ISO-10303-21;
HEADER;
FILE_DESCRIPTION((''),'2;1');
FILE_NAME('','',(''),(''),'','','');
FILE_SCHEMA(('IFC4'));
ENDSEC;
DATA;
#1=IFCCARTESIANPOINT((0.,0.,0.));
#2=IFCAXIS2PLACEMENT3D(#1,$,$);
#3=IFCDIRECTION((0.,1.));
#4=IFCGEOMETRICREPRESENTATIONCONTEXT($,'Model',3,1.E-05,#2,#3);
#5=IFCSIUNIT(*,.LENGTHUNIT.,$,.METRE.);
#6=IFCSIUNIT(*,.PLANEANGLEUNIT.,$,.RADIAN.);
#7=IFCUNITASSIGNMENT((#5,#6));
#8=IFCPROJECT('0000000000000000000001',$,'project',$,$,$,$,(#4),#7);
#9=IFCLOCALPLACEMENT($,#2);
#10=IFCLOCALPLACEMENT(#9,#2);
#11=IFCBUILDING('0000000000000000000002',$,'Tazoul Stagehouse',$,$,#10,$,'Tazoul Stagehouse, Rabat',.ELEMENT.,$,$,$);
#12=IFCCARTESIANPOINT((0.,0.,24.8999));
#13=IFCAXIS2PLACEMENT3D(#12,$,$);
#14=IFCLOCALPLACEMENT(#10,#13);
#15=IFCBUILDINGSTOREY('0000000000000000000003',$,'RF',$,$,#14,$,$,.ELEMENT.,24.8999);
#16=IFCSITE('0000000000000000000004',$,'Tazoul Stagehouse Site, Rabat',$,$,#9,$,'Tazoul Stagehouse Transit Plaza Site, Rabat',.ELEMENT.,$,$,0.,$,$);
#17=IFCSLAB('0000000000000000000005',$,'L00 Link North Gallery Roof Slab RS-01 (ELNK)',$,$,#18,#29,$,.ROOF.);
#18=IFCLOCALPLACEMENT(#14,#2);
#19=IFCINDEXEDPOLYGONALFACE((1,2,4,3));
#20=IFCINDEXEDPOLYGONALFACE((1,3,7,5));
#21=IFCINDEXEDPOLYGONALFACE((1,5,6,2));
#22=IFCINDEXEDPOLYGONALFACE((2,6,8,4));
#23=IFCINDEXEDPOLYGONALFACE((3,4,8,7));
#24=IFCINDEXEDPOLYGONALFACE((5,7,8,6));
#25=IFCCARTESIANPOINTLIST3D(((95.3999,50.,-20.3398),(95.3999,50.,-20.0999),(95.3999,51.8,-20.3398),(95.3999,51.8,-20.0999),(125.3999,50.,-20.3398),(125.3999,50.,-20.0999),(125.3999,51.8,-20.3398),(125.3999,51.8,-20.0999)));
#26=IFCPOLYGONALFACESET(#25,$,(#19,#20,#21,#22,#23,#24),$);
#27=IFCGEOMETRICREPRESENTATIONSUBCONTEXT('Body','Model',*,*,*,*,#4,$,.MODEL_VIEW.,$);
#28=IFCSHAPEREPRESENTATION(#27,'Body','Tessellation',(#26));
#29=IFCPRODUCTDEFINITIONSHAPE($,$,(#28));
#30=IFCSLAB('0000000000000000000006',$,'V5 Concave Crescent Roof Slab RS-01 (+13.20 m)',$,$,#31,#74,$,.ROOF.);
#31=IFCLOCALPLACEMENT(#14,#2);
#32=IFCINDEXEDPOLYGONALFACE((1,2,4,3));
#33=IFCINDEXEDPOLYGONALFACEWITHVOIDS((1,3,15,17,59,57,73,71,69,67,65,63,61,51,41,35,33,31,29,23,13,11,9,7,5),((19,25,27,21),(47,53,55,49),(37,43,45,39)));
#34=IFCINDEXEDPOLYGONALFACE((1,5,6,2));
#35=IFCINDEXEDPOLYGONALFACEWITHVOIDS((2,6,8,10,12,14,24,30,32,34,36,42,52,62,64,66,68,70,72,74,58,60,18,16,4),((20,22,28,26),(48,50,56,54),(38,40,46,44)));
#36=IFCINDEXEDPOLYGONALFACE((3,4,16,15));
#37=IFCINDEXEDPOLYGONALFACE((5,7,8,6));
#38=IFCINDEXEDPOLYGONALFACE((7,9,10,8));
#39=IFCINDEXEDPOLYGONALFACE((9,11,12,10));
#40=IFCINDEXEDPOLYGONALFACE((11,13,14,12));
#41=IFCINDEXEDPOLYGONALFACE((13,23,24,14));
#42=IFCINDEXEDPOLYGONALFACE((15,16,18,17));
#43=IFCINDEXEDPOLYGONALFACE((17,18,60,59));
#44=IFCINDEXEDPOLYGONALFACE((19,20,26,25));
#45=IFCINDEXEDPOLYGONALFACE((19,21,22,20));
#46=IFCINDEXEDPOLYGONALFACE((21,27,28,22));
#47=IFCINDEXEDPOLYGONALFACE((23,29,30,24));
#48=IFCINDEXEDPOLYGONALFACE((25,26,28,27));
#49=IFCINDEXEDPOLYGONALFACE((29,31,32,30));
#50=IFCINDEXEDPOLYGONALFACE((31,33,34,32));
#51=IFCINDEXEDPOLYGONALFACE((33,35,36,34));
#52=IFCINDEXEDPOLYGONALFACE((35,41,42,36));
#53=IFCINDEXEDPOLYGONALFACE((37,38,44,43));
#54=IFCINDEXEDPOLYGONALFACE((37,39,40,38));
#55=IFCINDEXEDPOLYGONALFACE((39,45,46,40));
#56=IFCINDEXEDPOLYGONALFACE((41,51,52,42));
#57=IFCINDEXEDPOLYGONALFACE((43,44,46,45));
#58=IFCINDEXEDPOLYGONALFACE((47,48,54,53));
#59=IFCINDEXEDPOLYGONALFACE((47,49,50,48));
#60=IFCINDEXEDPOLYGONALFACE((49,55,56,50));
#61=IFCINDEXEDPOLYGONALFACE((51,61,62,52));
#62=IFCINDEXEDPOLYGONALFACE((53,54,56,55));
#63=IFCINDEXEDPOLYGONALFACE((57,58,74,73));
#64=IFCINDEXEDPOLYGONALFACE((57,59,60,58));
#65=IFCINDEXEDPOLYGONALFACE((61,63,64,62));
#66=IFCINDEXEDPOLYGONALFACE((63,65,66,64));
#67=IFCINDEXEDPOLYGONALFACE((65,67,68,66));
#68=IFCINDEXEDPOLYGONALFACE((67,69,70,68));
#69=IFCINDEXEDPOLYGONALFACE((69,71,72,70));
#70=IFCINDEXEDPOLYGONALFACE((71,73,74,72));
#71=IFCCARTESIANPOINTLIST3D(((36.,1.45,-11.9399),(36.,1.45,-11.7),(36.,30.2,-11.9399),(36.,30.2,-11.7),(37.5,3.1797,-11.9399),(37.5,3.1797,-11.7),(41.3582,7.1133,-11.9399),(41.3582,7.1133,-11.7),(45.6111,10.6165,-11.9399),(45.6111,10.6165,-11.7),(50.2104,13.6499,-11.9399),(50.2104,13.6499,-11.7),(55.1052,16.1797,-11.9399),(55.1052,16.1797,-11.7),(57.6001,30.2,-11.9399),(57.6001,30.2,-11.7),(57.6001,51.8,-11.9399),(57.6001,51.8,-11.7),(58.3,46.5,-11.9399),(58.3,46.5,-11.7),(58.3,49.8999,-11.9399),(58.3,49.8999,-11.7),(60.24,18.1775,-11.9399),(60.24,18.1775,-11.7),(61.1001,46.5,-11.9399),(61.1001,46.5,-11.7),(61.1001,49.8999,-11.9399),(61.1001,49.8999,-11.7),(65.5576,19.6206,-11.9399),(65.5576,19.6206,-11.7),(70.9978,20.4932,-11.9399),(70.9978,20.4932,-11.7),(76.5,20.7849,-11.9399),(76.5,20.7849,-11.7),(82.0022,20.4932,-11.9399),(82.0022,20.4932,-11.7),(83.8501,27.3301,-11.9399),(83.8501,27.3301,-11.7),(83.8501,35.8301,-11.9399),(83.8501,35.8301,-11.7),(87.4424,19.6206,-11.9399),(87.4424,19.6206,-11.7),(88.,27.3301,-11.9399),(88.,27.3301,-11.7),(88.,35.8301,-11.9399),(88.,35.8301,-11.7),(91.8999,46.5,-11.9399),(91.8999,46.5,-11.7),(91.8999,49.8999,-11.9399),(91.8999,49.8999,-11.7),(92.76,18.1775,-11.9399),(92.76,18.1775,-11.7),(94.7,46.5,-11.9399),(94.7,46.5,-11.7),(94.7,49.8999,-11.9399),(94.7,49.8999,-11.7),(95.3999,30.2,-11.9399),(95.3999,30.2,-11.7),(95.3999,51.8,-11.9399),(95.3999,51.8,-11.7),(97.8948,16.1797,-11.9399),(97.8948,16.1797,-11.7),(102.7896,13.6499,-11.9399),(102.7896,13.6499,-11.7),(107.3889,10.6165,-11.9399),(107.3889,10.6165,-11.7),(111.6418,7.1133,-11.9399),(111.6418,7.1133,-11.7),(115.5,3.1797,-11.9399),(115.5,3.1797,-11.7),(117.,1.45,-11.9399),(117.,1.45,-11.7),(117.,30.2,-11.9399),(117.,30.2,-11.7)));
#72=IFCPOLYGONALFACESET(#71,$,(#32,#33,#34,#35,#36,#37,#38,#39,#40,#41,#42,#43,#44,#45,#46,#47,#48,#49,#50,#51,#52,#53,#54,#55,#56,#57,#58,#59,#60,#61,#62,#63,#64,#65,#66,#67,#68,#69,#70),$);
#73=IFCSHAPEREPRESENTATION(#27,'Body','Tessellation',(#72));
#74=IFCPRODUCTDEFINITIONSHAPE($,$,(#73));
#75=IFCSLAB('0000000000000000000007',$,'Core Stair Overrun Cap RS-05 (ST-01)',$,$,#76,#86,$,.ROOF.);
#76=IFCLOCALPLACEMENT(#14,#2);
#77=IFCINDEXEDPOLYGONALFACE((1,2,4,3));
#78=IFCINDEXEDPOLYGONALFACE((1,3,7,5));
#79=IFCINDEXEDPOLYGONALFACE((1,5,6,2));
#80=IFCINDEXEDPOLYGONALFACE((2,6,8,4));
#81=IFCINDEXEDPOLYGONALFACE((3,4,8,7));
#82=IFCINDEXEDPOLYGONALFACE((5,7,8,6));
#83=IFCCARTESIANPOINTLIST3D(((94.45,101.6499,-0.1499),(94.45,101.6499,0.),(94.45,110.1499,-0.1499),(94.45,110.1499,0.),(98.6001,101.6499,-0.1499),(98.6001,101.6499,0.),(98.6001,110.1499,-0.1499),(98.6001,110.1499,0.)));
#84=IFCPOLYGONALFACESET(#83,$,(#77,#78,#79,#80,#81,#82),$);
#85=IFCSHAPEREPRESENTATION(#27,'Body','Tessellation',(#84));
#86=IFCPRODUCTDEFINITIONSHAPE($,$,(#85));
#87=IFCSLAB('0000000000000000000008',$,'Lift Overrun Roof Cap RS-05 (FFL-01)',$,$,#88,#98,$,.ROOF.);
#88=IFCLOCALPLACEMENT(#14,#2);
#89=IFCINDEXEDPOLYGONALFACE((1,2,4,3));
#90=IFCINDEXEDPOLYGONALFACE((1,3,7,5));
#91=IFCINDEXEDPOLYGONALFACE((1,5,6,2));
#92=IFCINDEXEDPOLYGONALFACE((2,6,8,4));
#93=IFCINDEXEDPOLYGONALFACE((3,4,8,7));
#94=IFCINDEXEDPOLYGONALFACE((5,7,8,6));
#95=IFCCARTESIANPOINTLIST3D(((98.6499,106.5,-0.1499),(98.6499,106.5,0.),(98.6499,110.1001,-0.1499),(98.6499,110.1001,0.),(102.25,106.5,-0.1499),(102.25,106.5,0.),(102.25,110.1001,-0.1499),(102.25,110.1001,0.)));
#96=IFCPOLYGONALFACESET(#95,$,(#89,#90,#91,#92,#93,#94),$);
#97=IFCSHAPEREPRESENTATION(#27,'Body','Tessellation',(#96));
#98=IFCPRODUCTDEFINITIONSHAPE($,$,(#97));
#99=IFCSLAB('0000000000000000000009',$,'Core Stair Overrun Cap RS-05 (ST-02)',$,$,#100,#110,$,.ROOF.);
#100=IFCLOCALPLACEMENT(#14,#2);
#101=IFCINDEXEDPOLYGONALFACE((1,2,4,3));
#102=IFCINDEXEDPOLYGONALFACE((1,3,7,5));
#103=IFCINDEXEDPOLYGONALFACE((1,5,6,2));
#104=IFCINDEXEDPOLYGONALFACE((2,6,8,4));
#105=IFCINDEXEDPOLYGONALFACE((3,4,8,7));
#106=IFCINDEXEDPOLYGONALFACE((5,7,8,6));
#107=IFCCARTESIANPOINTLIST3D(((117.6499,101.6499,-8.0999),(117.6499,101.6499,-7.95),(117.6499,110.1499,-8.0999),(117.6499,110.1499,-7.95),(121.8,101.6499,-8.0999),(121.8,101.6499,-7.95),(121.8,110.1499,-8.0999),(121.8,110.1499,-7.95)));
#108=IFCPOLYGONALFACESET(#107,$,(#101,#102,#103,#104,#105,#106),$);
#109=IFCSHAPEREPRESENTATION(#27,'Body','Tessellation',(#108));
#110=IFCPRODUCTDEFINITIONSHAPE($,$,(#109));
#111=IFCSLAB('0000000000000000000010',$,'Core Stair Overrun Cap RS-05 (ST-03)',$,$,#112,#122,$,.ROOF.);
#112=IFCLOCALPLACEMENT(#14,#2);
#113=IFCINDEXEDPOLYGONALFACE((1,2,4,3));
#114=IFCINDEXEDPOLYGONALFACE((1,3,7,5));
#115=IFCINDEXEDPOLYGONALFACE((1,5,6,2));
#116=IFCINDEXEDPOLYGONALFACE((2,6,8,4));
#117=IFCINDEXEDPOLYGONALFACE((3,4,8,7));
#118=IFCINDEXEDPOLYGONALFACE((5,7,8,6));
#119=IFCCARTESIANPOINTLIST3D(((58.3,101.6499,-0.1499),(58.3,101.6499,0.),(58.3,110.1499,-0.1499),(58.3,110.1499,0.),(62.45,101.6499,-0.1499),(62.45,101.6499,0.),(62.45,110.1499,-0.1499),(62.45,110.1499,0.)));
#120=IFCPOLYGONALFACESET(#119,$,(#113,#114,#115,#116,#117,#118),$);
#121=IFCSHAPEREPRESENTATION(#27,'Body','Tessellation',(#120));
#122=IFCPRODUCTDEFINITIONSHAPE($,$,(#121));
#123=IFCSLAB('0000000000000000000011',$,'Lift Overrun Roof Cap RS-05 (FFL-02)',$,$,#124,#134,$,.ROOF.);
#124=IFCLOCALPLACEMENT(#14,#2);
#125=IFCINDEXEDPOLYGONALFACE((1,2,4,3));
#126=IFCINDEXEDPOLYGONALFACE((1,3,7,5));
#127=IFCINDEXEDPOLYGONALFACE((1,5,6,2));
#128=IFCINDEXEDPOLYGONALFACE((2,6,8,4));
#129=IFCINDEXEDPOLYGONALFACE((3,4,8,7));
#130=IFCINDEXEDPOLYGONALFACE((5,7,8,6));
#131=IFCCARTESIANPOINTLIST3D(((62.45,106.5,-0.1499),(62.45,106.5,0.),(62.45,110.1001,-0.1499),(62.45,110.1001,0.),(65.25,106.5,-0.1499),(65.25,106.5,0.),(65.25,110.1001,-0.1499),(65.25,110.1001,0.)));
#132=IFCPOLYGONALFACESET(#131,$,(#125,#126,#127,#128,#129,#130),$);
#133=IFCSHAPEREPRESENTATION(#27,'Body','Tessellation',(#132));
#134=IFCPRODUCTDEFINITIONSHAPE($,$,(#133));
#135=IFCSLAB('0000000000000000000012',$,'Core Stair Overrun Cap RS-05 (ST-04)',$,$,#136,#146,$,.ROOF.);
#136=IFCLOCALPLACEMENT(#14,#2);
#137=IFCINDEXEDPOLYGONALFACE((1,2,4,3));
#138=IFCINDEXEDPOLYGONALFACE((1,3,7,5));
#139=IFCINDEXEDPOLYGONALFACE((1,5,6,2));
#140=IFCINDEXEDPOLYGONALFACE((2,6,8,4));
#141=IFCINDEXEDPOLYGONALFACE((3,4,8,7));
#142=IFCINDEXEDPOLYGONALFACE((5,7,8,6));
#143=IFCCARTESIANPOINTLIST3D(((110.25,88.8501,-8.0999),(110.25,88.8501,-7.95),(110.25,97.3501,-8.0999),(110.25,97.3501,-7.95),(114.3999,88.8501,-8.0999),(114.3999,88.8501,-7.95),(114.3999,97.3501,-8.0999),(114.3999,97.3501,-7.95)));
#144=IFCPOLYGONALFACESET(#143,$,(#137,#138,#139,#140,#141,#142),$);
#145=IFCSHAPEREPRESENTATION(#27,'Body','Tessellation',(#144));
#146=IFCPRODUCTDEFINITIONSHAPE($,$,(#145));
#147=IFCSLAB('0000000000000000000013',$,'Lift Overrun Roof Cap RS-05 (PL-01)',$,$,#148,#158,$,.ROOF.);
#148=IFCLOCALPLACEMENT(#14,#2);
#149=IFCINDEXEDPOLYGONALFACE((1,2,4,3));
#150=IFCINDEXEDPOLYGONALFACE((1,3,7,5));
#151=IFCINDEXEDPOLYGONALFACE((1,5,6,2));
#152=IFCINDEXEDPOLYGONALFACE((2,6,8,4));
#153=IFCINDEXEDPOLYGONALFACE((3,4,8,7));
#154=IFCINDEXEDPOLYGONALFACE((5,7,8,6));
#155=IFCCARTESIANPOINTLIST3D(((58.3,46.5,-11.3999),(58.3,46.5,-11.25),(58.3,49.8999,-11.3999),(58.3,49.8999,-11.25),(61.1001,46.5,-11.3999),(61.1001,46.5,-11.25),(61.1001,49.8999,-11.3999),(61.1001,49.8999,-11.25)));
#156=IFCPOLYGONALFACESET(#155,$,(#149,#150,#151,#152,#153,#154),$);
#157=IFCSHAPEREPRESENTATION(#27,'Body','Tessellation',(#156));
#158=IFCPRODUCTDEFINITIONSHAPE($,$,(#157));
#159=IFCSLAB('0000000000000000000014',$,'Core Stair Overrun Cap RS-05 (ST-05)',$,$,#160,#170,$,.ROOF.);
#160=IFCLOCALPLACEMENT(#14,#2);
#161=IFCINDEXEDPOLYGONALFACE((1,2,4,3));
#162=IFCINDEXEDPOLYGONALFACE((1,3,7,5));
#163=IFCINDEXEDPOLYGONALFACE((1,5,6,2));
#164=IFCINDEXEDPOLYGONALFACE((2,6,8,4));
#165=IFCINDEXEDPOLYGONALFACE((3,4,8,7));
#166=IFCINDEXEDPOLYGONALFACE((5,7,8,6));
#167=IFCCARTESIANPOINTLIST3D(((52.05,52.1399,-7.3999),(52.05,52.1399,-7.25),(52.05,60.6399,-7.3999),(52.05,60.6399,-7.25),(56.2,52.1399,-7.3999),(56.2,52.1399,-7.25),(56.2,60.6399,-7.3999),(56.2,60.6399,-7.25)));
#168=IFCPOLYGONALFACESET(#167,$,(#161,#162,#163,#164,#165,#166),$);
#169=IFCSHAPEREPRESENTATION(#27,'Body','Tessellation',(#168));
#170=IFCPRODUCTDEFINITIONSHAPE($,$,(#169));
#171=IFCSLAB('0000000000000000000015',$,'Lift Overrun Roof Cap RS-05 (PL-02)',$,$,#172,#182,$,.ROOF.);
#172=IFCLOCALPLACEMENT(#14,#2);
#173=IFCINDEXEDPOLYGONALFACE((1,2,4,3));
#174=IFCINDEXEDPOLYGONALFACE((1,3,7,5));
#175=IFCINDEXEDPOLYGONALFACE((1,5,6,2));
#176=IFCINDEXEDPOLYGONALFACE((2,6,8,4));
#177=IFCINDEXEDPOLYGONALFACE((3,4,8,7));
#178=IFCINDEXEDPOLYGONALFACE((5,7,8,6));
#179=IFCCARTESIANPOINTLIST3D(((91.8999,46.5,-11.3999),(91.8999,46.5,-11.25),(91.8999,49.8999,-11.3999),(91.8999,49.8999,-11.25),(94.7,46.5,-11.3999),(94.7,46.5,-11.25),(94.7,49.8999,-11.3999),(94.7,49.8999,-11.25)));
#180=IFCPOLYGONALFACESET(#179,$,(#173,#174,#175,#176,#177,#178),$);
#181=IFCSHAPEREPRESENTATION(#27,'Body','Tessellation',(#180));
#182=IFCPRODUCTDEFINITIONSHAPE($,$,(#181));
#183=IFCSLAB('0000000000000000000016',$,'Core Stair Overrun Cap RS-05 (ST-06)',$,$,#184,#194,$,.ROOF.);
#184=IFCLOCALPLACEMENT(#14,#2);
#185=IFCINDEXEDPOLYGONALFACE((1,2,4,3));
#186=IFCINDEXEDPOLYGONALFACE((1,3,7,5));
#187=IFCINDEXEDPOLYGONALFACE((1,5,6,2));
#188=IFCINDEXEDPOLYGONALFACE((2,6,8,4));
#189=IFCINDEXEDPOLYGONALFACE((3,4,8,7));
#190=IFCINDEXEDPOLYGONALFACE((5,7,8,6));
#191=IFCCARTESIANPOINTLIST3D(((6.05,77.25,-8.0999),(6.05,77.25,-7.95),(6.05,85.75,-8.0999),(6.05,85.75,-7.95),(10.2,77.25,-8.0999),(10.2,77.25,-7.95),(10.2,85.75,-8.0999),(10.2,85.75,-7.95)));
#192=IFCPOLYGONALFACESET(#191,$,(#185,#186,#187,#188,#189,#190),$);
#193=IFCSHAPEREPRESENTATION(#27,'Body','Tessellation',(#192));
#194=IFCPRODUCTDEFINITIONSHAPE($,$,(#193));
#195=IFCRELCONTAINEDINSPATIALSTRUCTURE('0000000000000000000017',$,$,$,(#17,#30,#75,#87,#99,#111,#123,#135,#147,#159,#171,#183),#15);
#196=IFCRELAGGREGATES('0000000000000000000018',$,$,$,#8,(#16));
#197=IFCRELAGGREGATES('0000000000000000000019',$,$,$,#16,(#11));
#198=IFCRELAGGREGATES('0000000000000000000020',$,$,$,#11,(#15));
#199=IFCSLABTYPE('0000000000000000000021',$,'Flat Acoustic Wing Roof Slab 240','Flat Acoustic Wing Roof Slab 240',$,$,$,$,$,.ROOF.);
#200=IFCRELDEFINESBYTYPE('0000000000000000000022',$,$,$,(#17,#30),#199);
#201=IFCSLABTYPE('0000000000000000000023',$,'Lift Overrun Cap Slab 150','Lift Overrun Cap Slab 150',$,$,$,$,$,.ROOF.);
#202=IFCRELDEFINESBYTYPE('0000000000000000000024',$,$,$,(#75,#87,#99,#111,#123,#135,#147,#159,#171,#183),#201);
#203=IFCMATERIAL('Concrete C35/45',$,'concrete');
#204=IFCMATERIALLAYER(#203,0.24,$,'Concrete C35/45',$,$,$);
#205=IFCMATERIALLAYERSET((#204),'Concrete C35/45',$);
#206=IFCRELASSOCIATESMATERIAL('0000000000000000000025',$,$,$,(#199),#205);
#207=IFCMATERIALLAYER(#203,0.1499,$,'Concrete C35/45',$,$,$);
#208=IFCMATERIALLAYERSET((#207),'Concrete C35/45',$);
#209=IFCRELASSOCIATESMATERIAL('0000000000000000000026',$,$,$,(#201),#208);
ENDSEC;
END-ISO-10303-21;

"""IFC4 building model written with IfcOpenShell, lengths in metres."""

from ifc_helpers import new_model, si_unit, direction, frame, origin, place, context, subcontext, project, spatial, polyline, outline, extrude, material, layer, layer_set, type_object, element, save


model = new_model("IFC4")

# Units and contexts
model_context = context("Model", 3, precision=1e-05, world=origin(), true_north=direction((0.0, 1.0)))
body_context = subcontext(model_context, "Body", "Model", "MODEL_VIEW")
ifc_project = project(units=[si_unit("LENGTHUNIT", "METRE"), si_unit("PLANEANGLEUNIT", "RADIAN")], contexts=[model_context])

# Site, building, storey
site_placement = place(None, origin())
site = spatial("IfcSite", under=ifc_project, at=site_placement, Name="Tazoul Stagehouse Site, Rabat", LongName="Tazoul Stagehouse Transit Plaza Site, Rabat", CompositionType="ELEMENT", RefElevation=0.0)
building_placement = place(site_placement, origin())
building = spatial("IfcBuilding", under=site, at=building_placement, Name="Tazoul Stagehouse", LongName="Tazoul Stagehouse, Rabat", CompositionType="ELEMENT")
storey_placement = place(building_placement, frame((0.0, 0.0, 24.8999)))
storey = spatial("IfcBuildingStorey", under=building, at=storey_placement, Name="RF", CompositionType="ELEMENT", Elevation=24.8999)

# Slabs
ifc_material_1 = material(Name="Concrete C35/45", Category="concrete")
ifc_layer_1 = layer(ifc_material_1, 0.24, Name="Concrete C35/45")
ifc_layer_set_1 = layer_set([ifc_layer_1], Name="Concrete C35/45")
slab_type_1 = type_object("IfcSlabType", Name="Flat Acoustic Wing Roof Slab 240", Description="Flat Acoustic Wing Roof Slab 240", PredefinedType="ROOF", material=ifc_layer_set_1)
slab_1_placement = place(storey_placement, frame((0.0, 0.0, -20.3398)))
element("IfcSlab", 1, at=slab_1_placement, inside=storey, type_object=slab_type_1, Name="L00 Link North Gallery Roof Slab RS-01 (ELNK)", PredefinedType="ROOF", context=body_context, shape_type="SweptSolid", body=[
    extrude(outline(polyline([(95.3999, 50.0), (125.3999, 50.0), (125.3999, 51.8), (95.3999, 51.8), (95.3999, 50.0)])), origin(), (0.0, 0.0, 1.0), 0.24),
])
slab_2_placement = place(storey_placement, frame((0.0, 0.0, -11.9399)))
element("IfcSlab", 2, at=slab_2_placement, inside=storey, type_object=slab_type_1, Name="V5 Concave Crescent Roof Slab RS-01 (+13.20 m)", PredefinedType="ROOF", context=body_context, shape_type="SweptSolid", body=[
    extrude(outline(polyline([(36.0, 1.45), (37.5, 3.1797), (41.3582, 7.1133), (45.6111, 10.6165), (50.2104, 13.6499), (55.1052, 16.1797), (60.24, 18.1775), (65.5576, 19.6206), (70.9978, 20.4932), (76.5, 20.7849), (82.0022, 20.4932), (87.4424, 19.6206), (92.76, 18.1775), (97.8948, 16.1797), (102.7896, 13.6499), (107.3889, 10.6165), (111.6418, 7.1133), (115.5, 3.1797), (117.0, 1.45), (117.0, 30.2), (95.3999, 30.2), (95.3999, 51.8), (57.6001, 51.8), (57.6001, 30.2), (36.0, 30.2), (36.0, 1.45)]), holes=[polyline([(58.3, 46.5), (61.1001, 46.5), (61.1001, 49.8999), (58.3, 49.8999), (58.3, 46.5)]), polyline([(91.8999, 46.5), (94.7, 46.5), (94.7, 49.8999), (91.8999, 49.8999), (91.8999, 46.5)]), polyline([(83.8501, 27.3301), (88.0, 27.3301), (88.0, 35.8301), (83.8501, 35.8301), (83.8501, 27.3301)])]), origin(), (0.0, 0.0, 1.0), 0.24),
])
ifc_layer_2 = layer(ifc_material_1, 0.1499, Name="Concrete C35/45")
ifc_layer_set_2 = layer_set([ifc_layer_2], Name="Concrete C35/45")
slab_type_2 = type_object("IfcSlabType", Name="Lift Overrun Cap Slab 150", Description="Lift Overrun Cap Slab 150", PredefinedType="ROOF", material=ifc_layer_set_2)
slab_3_placement = place(storey_placement, frame((0.0, 0.0, -0.1499)))
element("IfcSlab", 3, at=slab_3_placement, inside=storey, type_object=slab_type_2, Name="Core Stair Overrun Cap RS-05 (ST-01)", PredefinedType="ROOF", context=body_context, shape_type="SweptSolid", body=[
    extrude(outline(polyline([(94.45, 101.6499), (98.6001, 101.6499), (98.6001, 110.1499), (94.45, 110.1499), (94.45, 101.6499)])), origin(), (0.0, 0.0, 1.0), 0.1499),
])
slab_4_placement = place(storey_placement, frame((0.0, 0.0, -0.1499)))
element("IfcSlab", 4, at=slab_4_placement, inside=storey, type_object=slab_type_2, Name="Lift Overrun Roof Cap RS-05 (FFL-01)", PredefinedType="ROOF", context=body_context, shape_type="SweptSolid", body=[
    extrude(outline(polyline([(98.6499, 106.5), (102.25, 106.5), (102.25, 110.1001), (98.6499, 110.1001), (98.6499, 106.5)])), origin(), (0.0, 0.0, 1.0), 0.1499),
])
slab_5_placement = place(storey_placement, frame((0.0, 0.0, -8.0999)))
element("IfcSlab", 5, at=slab_5_placement, inside=storey, type_object=slab_type_2, Name="Core Stair Overrun Cap RS-05 (ST-02)", PredefinedType="ROOF", context=body_context, shape_type="SweptSolid", body=[
    extrude(outline(polyline([(117.6499, 101.6499), (121.8, 101.6499), (121.8, 110.1499), (117.6499, 110.1499), (117.6499, 101.6499)])), origin(), (0.0, 0.0, 1.0), 0.1499),
])
slab_6_placement = place(storey_placement, frame((0.0, 0.0, -0.1499)))
element("IfcSlab", 6, at=slab_6_placement, inside=storey, type_object=slab_type_2, Name="Core Stair Overrun Cap RS-05 (ST-03)", PredefinedType="ROOF", context=body_context, shape_type="SweptSolid", body=[
    extrude(outline(polyline([(58.3, 101.6499), (62.45, 101.6499), (62.45, 110.1499), (58.3, 110.1499), (58.3, 101.6499)])), origin(), (0.0, 0.0, 1.0), 0.1499),
])
slab_7_placement = place(storey_placement, frame((0.0, 0.0, -0.1499)))
element("IfcSlab", 7, at=slab_7_placement, inside=storey, type_object=slab_type_2, Name="Lift Overrun Roof Cap RS-05 (FFL-02)", PredefinedType="ROOF", context=body_context, shape_type="SweptSolid", body=[
    extrude(outline(polyline([(62.45, 106.5), (65.25, 106.5), (65.25, 110.1001), (62.45, 110.1001), (62.45, 106.5)])), origin(), (0.0, 0.0, 1.0), 0.1499),
])
slab_8_placement = place(storey_placement, frame((0.0, 0.0, -8.0999)))
element("IfcSlab", 8, at=slab_8_placement, inside=storey, type_object=slab_type_2, Name="Core Stair Overrun Cap RS-05 (ST-04)", PredefinedType="ROOF", context=body_context, shape_type="SweptSolid", body=[
    extrude(outline(polyline([(110.25, 88.8501), (114.3999, 88.8501), (114.3999, 97.3501), (110.25, 97.3501), (110.25, 88.8501)])), origin(), (0.0, 0.0, 1.0), 0.1499),
])
slab_9_placement = place(storey_placement, frame((0.0, 0.0, -11.3999)))
element("IfcSlab", 9, at=slab_9_placement, inside=storey, type_object=slab_type_2, Name="Lift Overrun Roof Cap RS-05 (PL-01)", PredefinedType="ROOF", context=body_context, shape_type="SweptSolid", body=[
    extrude(outline(polyline([(58.3, 46.5), (61.1001, 46.5), (61.1001, 49.8999), (58.3, 49.8999), (58.3, 46.5)])), origin(), (0.0, 0.0, 1.0), 0.1499),
])
slab_10_placement = place(storey_placement, frame((0.0, 0.0, -7.3999)))
element("IfcSlab", 10, at=slab_10_placement, inside=storey, type_object=slab_type_2, Name="Core Stair Overrun Cap RS-05 (ST-05)", PredefinedType="ROOF", context=body_context, shape_type="SweptSolid", body=[
    extrude(outline(polyline([(52.05, 52.1399), (56.2, 52.1399), (56.2, 60.6399), (52.05, 60.6399), (52.05, 52.1399)])), origin(), (0.0, 0.0, 1.0), 0.1499),
])
slab_11_placement = place(storey_placement, frame((0.0, 0.0, -11.3999)))
element("IfcSlab", 11, at=slab_11_placement, inside=storey, type_object=slab_type_2, Name="Lift Overrun Roof Cap RS-05 (PL-02)", PredefinedType="ROOF", context=body_context, shape_type="SweptSolid", body=[
    extrude(outline(polyline([(91.8999, 46.5), (94.7, 46.5), (94.7, 49.8999), (91.8999, 49.8999), (91.8999, 46.5)])), origin(), (0.0, 0.0, 1.0), 0.1499),
])
slab_12_placement = place(storey_placement, frame((0.0, 0.0, -8.0999)))
element("IfcSlab", 12, at=slab_12_placement, inside=storey, type_object=slab_type_2, Name="Core Stair Overrun Cap RS-05 (ST-06)", PredefinedType="ROOF", context=body_context, shape_type="SweptSolid", body=[
    extrude(outline(polyline([(6.05, 77.25), (10.2, 77.25), (10.2, 85.75), (6.05, 85.75), (6.05, 77.25)])), origin(), (0.0, 0.0, 1.0), 0.1499),
])

save(model, "model.ifc")
